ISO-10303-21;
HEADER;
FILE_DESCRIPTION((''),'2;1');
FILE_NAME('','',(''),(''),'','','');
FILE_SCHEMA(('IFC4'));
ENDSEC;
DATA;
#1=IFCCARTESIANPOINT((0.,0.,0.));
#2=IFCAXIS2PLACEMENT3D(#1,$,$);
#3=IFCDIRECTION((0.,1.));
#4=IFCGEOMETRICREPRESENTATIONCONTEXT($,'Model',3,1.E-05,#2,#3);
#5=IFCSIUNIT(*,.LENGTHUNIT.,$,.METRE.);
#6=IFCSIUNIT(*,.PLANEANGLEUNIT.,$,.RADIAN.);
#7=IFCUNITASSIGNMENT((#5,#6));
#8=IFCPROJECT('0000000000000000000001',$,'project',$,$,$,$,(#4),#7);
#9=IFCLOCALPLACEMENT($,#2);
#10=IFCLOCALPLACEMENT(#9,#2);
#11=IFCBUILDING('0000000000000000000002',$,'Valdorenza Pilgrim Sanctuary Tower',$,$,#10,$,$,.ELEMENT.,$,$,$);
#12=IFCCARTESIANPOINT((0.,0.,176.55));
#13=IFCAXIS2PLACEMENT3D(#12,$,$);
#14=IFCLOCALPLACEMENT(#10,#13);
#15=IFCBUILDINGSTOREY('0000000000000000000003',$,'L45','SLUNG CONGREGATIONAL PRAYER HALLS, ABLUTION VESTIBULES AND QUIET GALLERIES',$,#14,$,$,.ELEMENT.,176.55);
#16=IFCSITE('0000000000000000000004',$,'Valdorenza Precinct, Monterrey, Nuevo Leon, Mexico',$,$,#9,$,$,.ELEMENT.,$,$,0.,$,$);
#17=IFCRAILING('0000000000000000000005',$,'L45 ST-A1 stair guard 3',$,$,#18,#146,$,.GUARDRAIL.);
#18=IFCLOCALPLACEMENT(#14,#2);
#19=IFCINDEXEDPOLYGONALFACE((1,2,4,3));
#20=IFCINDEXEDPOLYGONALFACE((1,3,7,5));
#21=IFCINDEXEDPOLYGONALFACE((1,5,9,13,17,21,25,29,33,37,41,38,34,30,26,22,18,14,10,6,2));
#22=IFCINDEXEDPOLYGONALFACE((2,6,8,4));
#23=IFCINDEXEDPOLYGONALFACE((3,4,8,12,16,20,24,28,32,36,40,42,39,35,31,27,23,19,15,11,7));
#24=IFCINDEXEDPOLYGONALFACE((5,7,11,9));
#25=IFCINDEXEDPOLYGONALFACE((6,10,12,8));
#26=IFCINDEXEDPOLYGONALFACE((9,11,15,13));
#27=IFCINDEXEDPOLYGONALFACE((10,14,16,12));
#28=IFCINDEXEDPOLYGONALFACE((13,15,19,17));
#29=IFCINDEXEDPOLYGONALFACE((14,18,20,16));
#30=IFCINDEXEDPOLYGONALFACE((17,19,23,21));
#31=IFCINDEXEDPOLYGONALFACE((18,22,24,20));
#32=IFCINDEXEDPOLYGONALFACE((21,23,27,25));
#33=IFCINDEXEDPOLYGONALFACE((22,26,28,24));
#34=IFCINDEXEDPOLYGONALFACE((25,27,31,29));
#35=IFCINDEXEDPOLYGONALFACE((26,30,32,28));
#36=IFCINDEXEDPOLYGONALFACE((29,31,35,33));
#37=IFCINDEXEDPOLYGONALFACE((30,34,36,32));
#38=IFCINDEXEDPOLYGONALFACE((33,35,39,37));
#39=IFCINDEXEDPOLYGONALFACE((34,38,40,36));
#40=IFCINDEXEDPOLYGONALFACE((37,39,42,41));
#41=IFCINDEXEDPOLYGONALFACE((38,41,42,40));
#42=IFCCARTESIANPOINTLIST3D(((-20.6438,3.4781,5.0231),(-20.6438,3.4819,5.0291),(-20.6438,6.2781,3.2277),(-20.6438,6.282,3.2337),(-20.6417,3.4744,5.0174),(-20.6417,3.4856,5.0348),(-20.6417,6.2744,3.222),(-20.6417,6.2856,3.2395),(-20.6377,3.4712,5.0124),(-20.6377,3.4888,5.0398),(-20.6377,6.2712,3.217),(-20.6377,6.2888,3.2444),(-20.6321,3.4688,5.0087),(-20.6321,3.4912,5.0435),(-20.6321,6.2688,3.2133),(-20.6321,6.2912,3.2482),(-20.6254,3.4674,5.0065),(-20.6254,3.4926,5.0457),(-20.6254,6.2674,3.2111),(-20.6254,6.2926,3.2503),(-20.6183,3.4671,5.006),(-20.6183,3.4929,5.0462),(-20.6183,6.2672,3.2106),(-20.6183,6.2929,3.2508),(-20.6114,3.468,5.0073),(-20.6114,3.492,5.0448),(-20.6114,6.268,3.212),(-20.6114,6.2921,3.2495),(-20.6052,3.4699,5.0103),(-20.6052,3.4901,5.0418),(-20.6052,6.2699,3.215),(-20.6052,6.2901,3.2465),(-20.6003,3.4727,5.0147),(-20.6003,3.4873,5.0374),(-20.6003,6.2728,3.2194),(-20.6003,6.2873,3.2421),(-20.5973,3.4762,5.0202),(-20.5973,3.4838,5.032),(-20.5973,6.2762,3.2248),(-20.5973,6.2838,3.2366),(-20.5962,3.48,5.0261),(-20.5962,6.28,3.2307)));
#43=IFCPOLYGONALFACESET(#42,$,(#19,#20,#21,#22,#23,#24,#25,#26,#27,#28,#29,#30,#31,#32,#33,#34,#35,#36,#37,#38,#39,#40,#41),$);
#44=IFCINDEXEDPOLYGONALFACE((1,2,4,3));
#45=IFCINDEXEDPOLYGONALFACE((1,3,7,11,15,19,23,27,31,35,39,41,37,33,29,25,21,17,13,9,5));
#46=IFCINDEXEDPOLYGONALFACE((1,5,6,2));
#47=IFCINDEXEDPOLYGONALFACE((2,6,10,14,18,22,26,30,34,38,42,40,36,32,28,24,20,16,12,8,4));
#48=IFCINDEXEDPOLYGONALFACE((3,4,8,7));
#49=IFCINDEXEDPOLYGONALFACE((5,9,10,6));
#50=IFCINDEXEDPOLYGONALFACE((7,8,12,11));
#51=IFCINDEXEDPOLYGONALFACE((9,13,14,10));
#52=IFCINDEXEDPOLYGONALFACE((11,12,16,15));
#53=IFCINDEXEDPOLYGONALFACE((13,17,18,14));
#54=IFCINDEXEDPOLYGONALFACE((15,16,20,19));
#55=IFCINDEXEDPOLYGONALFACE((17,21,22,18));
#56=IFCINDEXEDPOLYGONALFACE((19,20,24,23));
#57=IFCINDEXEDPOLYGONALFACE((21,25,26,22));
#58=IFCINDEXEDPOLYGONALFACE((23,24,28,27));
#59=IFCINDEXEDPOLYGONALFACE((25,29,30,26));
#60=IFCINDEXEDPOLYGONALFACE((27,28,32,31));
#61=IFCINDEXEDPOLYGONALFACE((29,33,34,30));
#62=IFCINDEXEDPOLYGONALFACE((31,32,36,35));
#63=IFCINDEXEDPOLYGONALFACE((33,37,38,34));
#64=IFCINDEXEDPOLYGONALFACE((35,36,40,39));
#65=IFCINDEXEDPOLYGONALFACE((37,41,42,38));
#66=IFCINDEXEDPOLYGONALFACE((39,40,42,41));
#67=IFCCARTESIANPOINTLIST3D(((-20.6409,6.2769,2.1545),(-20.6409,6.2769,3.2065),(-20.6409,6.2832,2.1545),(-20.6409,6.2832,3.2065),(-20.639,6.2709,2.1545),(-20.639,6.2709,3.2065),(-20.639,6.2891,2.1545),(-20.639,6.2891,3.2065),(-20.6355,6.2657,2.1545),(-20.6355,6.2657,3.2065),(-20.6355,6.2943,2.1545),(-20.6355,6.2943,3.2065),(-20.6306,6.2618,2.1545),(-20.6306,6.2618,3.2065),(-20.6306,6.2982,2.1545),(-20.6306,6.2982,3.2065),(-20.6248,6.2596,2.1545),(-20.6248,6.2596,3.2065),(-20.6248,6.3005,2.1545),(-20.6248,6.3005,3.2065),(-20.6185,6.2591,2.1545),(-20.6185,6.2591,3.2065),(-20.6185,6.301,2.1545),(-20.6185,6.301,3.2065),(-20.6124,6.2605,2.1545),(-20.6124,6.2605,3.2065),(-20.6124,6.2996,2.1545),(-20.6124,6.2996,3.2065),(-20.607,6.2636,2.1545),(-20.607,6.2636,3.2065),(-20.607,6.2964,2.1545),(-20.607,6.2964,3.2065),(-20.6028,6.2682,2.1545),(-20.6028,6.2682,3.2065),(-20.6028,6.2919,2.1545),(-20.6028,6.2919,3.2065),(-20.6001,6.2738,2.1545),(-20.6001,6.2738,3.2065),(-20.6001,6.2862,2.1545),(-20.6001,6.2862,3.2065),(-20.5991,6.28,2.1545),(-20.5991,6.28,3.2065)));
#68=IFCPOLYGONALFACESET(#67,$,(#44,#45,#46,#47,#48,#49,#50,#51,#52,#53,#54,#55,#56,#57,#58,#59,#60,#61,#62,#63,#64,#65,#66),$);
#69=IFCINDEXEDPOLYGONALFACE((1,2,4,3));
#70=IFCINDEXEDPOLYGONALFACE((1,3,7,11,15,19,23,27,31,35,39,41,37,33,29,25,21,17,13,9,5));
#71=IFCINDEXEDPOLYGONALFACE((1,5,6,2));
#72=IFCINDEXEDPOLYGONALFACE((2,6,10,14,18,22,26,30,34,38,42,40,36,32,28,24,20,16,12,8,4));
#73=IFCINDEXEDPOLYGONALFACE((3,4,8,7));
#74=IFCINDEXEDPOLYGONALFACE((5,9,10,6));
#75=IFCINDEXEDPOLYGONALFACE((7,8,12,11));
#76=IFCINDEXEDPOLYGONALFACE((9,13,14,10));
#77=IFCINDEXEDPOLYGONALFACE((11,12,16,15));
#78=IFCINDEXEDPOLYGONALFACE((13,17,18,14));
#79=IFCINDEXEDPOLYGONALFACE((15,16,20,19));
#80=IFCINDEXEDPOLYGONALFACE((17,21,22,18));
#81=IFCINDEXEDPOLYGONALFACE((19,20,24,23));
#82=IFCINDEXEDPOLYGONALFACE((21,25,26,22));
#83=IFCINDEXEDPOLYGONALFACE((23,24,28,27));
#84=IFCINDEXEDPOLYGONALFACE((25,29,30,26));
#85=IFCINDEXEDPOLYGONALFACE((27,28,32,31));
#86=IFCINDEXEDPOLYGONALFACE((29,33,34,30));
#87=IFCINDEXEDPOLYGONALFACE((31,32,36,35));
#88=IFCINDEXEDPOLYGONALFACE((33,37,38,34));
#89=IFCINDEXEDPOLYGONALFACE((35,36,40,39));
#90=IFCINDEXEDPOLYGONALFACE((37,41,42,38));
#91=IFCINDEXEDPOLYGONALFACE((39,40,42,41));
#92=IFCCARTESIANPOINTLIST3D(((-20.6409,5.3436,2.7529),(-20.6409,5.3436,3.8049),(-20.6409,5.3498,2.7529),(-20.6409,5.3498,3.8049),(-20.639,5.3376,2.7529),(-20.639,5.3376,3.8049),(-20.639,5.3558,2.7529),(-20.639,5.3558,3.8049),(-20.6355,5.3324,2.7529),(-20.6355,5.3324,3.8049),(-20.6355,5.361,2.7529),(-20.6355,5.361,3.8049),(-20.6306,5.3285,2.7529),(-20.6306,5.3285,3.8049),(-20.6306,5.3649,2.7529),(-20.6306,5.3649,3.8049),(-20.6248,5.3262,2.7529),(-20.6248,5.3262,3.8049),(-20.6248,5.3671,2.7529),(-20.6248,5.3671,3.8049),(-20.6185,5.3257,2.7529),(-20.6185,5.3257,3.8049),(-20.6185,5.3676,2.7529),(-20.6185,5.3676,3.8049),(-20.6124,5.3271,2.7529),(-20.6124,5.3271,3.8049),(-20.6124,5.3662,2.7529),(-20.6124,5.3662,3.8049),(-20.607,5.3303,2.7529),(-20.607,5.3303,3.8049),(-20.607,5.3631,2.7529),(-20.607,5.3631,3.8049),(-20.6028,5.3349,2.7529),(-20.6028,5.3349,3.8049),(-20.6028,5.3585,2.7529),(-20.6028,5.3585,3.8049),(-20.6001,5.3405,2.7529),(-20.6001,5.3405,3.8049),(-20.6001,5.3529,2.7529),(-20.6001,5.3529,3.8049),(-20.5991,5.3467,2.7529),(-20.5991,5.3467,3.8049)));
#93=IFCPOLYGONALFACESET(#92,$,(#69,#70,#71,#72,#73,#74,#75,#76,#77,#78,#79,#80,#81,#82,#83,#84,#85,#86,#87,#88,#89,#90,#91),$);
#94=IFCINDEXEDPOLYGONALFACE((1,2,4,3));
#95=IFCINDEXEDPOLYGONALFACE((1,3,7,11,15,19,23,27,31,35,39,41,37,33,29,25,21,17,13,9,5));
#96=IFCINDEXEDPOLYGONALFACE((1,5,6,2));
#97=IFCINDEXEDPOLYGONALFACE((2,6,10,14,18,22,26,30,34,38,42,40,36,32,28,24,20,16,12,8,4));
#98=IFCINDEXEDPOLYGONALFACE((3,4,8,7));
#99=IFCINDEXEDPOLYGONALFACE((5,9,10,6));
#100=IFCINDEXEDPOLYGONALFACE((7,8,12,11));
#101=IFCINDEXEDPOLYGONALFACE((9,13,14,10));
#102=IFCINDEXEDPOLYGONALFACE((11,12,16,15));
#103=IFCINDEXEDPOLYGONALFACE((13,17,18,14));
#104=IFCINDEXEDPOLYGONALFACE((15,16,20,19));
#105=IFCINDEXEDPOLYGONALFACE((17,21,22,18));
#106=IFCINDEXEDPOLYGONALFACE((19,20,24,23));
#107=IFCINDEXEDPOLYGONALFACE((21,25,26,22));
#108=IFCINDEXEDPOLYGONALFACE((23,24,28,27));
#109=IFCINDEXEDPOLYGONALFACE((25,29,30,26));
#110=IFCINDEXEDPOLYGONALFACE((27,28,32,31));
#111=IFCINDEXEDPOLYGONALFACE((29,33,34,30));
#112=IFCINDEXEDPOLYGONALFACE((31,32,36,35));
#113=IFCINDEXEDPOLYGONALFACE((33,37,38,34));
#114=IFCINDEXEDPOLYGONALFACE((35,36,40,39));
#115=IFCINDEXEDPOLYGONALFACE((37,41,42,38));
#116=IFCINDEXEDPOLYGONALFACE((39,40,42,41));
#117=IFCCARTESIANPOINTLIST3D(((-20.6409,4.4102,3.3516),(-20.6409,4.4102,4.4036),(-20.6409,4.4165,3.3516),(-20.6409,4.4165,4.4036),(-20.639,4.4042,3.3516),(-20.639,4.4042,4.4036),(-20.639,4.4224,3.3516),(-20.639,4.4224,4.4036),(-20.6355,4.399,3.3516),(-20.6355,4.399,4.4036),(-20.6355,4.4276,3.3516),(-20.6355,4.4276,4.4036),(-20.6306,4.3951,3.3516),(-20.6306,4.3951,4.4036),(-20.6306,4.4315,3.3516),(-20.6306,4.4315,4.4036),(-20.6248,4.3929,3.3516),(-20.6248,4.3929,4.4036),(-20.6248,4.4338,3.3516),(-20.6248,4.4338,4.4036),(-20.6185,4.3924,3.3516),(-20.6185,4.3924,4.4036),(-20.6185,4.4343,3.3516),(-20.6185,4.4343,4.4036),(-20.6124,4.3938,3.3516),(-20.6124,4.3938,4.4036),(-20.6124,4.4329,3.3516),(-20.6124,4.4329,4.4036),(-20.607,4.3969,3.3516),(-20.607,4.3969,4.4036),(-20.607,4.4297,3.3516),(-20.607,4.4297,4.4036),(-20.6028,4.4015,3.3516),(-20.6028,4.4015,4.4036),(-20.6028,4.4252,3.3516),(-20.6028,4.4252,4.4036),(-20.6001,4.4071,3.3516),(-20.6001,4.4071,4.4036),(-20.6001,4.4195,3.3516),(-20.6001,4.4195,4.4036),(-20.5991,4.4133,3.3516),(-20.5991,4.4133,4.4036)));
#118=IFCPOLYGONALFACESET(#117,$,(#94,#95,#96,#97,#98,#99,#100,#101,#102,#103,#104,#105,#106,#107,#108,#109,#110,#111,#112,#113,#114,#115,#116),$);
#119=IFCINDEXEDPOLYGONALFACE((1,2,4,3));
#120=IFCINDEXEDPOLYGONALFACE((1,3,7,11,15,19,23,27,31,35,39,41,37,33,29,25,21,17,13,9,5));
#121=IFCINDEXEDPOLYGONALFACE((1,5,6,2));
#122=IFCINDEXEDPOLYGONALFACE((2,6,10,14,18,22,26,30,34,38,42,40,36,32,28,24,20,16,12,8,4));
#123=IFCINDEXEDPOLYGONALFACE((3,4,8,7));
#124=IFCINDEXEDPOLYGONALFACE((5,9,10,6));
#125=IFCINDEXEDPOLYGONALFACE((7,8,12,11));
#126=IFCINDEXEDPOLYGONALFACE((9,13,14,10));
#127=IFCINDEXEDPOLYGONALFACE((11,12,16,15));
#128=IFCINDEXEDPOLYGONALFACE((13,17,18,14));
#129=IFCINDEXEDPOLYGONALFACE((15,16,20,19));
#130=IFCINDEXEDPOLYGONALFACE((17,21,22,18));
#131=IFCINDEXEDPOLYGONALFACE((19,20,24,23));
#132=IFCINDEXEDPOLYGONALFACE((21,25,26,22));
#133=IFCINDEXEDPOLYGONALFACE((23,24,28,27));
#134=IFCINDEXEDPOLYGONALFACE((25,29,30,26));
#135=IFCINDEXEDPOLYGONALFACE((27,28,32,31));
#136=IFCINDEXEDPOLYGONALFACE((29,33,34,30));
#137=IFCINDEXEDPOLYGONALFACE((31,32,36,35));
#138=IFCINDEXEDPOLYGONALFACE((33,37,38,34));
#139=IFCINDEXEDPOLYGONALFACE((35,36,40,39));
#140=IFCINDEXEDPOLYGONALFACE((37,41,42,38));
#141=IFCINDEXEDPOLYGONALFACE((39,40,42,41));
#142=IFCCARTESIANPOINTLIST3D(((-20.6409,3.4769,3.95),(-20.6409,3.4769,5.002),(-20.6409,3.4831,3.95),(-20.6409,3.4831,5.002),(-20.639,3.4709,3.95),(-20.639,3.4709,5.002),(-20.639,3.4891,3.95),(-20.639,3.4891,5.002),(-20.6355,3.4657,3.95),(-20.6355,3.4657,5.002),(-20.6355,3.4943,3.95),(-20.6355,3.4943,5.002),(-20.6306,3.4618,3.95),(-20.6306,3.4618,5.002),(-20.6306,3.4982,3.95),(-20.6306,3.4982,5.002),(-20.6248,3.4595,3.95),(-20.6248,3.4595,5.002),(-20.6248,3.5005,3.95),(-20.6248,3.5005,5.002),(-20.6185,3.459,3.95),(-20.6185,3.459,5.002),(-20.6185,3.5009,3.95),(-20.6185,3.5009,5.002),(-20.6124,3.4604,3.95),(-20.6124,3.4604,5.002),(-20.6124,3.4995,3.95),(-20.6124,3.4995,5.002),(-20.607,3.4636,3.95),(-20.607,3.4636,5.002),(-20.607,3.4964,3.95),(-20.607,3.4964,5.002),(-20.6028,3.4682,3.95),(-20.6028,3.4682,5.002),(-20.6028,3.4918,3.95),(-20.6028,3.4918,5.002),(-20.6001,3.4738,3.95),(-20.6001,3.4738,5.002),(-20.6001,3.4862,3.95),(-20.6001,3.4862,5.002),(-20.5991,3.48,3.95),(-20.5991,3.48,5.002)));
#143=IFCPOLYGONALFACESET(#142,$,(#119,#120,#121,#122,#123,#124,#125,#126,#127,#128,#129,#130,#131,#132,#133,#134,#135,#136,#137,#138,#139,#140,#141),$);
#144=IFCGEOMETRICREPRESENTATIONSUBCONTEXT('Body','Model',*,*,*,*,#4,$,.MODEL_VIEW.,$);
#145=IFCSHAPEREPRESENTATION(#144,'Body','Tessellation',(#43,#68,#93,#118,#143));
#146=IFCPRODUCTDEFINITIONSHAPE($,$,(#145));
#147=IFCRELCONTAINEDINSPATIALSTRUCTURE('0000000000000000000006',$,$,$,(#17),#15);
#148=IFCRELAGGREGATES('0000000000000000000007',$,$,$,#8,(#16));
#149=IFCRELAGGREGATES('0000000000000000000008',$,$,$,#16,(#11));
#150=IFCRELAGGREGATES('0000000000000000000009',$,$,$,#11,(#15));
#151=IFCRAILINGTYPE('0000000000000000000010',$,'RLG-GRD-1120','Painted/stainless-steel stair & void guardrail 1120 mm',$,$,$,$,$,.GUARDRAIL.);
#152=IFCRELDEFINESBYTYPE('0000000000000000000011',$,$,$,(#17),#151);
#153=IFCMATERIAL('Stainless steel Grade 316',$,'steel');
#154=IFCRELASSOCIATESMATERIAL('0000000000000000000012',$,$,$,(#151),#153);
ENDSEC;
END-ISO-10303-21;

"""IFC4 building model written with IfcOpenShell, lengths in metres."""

from ifc_helpers import new_model, si_unit, direction, frame, origin, origin_2d, place, context, subcontext, project, spatial, circle, extrude, material, type_object, element, save


model = new_model("IFC4")

# Units and contexts
model_context = context("Model", 3, precision=1e-05, world=origin(), true_north=direction((0.0, 1.0)))
body_context = subcontext(model_context, "Body", "Model", "MODEL_VIEW")
ifc_project = project(units=[si_unit("LENGTHUNIT", "METRE"), si_unit("PLANEANGLEUNIT", "RADIAN")], contexts=[model_context])

# Site, building, storey
site_placement = place(None, origin())
site = spatial("IfcSite", under=ifc_project, at=site_placement, Name="Valdorenza Precinct, Monterrey, Nuevo Leon, Mexico", CompositionType="ELEMENT", RefElevation=0.0)
building_placement = place(site_placement, origin())
building = spatial("IfcBuilding", under=site, at=building_placement, Name="Valdorenza Pilgrim Sanctuary Tower", CompositionType="ELEMENT")
storey_placement = place(building_placement, frame((0.0, 0.0, 176.55)))
storey = spatial("IfcBuildingStorey", under=building, at=storey_placement, Name="L45", Description="SLUNG CONGREGATIONAL PRAYER HALLS, ABLUTION VESTIBULES AND QUIET GALLERIES", CompositionType="ELEMENT", Elevation=176.55)

# Railing
ifc_material_1 = material(Name="Stainless steel Grade 316", Category="steel")
railing_type_1 = type_object("IfcRailingType", Name="RLG-GRD-1120", Description="Painted/stainless-steel stair & void guardrail 1120 mm", PredefinedType="GUARDRAIL", material=ifc_material_1)
railing_1_placement = place(storey_placement, frame((-20.6201, 6.28, 2.1545)))
element("IfcRailing", 1, at=railing_1_placement, inside=storey, type_object=railing_type_1, Name="L45 ST-A1 stair guard 3", PredefinedType="GUARDRAIL", context=body_context, shape_type="SweptSolid", body=[
    extrude(circle(Radius=0.0239, at=origin_2d()), frame((0.0, 0.0, 1.0762), z_axis=(0.0, -0.84181, 0.539774), x_axis=(1.0, 0.0, 0.0)), (0.0, 0.0, 1.0), 3.3262),
    extrude(circle(Radius=0.021, at=origin_2d()), origin(), (0.0, 0.0, 1.0), 1.052),
    extrude(circle(Radius=0.021, at=origin_2d()), frame((0.0, -0.9333, 0.5984)), (0.0, 0.0, 1.0), 1.052),
    extrude(circle(Radius=0.021, at=origin_2d()), frame((0.0, -1.8667, 1.197)), (0.0, 0.0, 1.0), 1.052),
    extrude(circle(Radius=0.021, at=origin_2d()), frame((0.0, -2.8, 1.7954)), (0.0, 0.0, 1.0), 1.052),
])

save(model, "model.ifc")
